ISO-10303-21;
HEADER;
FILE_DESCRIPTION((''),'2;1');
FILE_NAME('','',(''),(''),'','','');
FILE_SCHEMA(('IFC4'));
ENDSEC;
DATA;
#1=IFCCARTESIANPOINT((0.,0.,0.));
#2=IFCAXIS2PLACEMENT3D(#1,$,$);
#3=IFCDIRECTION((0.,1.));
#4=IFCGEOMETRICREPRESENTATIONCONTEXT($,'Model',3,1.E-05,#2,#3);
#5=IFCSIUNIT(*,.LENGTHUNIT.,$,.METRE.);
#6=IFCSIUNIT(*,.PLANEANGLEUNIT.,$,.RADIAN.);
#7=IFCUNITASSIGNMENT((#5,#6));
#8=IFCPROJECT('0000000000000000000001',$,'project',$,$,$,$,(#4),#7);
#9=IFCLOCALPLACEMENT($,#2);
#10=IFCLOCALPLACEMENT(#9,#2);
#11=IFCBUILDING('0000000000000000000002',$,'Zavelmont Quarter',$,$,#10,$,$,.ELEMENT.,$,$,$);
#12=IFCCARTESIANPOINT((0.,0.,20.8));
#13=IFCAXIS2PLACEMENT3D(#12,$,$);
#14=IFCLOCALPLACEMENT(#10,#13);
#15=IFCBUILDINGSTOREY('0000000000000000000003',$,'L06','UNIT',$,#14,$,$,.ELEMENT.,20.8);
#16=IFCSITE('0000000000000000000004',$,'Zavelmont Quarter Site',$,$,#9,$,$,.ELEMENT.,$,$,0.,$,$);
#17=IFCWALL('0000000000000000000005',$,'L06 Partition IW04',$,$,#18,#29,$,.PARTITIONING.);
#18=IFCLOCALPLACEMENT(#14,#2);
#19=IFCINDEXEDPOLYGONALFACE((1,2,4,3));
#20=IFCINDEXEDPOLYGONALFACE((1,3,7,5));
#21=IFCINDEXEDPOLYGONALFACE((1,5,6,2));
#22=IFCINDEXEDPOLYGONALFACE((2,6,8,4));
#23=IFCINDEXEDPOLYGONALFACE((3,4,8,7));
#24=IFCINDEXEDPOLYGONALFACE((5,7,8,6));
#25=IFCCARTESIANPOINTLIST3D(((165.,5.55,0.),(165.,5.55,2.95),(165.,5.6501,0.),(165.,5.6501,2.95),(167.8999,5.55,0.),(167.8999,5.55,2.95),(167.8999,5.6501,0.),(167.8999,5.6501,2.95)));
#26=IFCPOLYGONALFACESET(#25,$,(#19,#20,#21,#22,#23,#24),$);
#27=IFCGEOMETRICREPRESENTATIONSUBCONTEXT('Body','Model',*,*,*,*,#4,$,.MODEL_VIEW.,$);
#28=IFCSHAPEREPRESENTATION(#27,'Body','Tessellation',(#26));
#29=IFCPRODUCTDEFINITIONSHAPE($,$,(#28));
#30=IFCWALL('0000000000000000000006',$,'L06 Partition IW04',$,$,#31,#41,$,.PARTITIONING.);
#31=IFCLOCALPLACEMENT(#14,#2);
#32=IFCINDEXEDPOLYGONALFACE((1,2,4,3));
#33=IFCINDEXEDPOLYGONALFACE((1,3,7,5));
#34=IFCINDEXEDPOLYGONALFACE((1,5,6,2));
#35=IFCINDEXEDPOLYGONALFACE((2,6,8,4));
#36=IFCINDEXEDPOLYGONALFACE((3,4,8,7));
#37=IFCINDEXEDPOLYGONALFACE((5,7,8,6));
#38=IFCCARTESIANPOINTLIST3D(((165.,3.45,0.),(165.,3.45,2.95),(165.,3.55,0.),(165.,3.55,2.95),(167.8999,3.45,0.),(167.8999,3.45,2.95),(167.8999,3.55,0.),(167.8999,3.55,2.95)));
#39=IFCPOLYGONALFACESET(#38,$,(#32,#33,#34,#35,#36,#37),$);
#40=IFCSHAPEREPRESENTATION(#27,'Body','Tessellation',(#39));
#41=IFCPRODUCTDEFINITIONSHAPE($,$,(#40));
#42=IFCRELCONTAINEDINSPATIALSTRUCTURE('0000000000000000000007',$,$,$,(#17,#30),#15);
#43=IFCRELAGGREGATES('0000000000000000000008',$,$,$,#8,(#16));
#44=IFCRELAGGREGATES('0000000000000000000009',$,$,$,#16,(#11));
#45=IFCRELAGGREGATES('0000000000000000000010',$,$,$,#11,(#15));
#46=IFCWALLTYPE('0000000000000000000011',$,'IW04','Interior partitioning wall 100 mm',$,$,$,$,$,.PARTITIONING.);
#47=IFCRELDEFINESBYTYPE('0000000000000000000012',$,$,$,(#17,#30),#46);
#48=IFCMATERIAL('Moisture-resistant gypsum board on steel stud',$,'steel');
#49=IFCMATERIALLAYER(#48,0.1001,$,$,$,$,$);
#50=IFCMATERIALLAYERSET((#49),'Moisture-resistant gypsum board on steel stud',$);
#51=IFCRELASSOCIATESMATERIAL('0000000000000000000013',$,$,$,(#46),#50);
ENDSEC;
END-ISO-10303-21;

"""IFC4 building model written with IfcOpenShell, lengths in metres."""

from ifc_helpers import new_model, si_unit, direction, frame, frame_2d, origin, place, context, subcontext, project, spatial, rectangle, extrude, material, layer, layer_set, type_object, element, save


model = new_model("IFC4")

# Units and contexts
model_context = context("Model", 3, precision=1e-05, world=origin(), true_north=direction((0.0, 1.0)))
body_context = subcontext(model_context, "Body", "Model", "MODEL_VIEW")
ifc_project = project(units=[si_unit("LENGTHUNIT", "METRE"), si_unit("PLANEANGLEUNIT", "RADIAN")], contexts=[model_context])

# Site, building, storey
site_placement = place(None, origin())
site = spatial("IfcSite", under=ifc_project, at=site_placement, Name="Zavelmont Quarter Site", CompositionType="ELEMENT", RefElevation=0.0)
building_placement = place(site_placement, origin())
building = spatial("IfcBuilding", under=site, at=building_placement, Name="Zavelmont Quarter", CompositionType="ELEMENT")
storey_placement = place(building_placement, frame((0.0, 0.0, 20.8)))
storey = spatial("IfcBuildingStorey", under=building, at=storey_placement, Name="L06", Description="UNIT", CompositionType="ELEMENT", Elevation=20.8)

# Walls
ifc_material_1 = material(Name="Moisture-resistant gypsum board on steel stud", Category="steel")
ifc_layer_1 = layer(ifc_material_1, 0.1001)
ifc_layer_set_1 = layer_set([ifc_layer_1], Name="Moisture-resistant gypsum board on steel stud")
wall_type_1 = type_object("IfcWallType", Name="IW04", Description="Interior partitioning wall 100 mm", PredefinedType="PARTITIONING", material=ifc_layer_set_1)
for number, where, z_axis, x_axis, name in (
    (1, (165.0, 5.6001, 0.0), (0.0, 0.0, 1.0), (1.0, 0.0, 0.0), "L06 Partition IW04"),
    (2, (165.0, 3.5, 0.0), (0.0, 0.0, 1.0), (1.0, 0.0, 0.0), "L06 Partition IW04"),
):
    element("IfcWall", number, at=place(storey_placement, frame(where, z_axis=z_axis, x_axis=x_axis)), inside=storey, type_object=wall_type_1, Name=name, PredefinedType="PARTITIONING", context=body_context, shape_type="SweptSolid", body=[
        extrude(rectangle(XDim=2.8999, YDim=0.1001, at=frame_2d((1.45, 0.0))), origin(), (0.0, 0.0, 1.0), 2.95),
    ])

save(model, "model.ifc")
